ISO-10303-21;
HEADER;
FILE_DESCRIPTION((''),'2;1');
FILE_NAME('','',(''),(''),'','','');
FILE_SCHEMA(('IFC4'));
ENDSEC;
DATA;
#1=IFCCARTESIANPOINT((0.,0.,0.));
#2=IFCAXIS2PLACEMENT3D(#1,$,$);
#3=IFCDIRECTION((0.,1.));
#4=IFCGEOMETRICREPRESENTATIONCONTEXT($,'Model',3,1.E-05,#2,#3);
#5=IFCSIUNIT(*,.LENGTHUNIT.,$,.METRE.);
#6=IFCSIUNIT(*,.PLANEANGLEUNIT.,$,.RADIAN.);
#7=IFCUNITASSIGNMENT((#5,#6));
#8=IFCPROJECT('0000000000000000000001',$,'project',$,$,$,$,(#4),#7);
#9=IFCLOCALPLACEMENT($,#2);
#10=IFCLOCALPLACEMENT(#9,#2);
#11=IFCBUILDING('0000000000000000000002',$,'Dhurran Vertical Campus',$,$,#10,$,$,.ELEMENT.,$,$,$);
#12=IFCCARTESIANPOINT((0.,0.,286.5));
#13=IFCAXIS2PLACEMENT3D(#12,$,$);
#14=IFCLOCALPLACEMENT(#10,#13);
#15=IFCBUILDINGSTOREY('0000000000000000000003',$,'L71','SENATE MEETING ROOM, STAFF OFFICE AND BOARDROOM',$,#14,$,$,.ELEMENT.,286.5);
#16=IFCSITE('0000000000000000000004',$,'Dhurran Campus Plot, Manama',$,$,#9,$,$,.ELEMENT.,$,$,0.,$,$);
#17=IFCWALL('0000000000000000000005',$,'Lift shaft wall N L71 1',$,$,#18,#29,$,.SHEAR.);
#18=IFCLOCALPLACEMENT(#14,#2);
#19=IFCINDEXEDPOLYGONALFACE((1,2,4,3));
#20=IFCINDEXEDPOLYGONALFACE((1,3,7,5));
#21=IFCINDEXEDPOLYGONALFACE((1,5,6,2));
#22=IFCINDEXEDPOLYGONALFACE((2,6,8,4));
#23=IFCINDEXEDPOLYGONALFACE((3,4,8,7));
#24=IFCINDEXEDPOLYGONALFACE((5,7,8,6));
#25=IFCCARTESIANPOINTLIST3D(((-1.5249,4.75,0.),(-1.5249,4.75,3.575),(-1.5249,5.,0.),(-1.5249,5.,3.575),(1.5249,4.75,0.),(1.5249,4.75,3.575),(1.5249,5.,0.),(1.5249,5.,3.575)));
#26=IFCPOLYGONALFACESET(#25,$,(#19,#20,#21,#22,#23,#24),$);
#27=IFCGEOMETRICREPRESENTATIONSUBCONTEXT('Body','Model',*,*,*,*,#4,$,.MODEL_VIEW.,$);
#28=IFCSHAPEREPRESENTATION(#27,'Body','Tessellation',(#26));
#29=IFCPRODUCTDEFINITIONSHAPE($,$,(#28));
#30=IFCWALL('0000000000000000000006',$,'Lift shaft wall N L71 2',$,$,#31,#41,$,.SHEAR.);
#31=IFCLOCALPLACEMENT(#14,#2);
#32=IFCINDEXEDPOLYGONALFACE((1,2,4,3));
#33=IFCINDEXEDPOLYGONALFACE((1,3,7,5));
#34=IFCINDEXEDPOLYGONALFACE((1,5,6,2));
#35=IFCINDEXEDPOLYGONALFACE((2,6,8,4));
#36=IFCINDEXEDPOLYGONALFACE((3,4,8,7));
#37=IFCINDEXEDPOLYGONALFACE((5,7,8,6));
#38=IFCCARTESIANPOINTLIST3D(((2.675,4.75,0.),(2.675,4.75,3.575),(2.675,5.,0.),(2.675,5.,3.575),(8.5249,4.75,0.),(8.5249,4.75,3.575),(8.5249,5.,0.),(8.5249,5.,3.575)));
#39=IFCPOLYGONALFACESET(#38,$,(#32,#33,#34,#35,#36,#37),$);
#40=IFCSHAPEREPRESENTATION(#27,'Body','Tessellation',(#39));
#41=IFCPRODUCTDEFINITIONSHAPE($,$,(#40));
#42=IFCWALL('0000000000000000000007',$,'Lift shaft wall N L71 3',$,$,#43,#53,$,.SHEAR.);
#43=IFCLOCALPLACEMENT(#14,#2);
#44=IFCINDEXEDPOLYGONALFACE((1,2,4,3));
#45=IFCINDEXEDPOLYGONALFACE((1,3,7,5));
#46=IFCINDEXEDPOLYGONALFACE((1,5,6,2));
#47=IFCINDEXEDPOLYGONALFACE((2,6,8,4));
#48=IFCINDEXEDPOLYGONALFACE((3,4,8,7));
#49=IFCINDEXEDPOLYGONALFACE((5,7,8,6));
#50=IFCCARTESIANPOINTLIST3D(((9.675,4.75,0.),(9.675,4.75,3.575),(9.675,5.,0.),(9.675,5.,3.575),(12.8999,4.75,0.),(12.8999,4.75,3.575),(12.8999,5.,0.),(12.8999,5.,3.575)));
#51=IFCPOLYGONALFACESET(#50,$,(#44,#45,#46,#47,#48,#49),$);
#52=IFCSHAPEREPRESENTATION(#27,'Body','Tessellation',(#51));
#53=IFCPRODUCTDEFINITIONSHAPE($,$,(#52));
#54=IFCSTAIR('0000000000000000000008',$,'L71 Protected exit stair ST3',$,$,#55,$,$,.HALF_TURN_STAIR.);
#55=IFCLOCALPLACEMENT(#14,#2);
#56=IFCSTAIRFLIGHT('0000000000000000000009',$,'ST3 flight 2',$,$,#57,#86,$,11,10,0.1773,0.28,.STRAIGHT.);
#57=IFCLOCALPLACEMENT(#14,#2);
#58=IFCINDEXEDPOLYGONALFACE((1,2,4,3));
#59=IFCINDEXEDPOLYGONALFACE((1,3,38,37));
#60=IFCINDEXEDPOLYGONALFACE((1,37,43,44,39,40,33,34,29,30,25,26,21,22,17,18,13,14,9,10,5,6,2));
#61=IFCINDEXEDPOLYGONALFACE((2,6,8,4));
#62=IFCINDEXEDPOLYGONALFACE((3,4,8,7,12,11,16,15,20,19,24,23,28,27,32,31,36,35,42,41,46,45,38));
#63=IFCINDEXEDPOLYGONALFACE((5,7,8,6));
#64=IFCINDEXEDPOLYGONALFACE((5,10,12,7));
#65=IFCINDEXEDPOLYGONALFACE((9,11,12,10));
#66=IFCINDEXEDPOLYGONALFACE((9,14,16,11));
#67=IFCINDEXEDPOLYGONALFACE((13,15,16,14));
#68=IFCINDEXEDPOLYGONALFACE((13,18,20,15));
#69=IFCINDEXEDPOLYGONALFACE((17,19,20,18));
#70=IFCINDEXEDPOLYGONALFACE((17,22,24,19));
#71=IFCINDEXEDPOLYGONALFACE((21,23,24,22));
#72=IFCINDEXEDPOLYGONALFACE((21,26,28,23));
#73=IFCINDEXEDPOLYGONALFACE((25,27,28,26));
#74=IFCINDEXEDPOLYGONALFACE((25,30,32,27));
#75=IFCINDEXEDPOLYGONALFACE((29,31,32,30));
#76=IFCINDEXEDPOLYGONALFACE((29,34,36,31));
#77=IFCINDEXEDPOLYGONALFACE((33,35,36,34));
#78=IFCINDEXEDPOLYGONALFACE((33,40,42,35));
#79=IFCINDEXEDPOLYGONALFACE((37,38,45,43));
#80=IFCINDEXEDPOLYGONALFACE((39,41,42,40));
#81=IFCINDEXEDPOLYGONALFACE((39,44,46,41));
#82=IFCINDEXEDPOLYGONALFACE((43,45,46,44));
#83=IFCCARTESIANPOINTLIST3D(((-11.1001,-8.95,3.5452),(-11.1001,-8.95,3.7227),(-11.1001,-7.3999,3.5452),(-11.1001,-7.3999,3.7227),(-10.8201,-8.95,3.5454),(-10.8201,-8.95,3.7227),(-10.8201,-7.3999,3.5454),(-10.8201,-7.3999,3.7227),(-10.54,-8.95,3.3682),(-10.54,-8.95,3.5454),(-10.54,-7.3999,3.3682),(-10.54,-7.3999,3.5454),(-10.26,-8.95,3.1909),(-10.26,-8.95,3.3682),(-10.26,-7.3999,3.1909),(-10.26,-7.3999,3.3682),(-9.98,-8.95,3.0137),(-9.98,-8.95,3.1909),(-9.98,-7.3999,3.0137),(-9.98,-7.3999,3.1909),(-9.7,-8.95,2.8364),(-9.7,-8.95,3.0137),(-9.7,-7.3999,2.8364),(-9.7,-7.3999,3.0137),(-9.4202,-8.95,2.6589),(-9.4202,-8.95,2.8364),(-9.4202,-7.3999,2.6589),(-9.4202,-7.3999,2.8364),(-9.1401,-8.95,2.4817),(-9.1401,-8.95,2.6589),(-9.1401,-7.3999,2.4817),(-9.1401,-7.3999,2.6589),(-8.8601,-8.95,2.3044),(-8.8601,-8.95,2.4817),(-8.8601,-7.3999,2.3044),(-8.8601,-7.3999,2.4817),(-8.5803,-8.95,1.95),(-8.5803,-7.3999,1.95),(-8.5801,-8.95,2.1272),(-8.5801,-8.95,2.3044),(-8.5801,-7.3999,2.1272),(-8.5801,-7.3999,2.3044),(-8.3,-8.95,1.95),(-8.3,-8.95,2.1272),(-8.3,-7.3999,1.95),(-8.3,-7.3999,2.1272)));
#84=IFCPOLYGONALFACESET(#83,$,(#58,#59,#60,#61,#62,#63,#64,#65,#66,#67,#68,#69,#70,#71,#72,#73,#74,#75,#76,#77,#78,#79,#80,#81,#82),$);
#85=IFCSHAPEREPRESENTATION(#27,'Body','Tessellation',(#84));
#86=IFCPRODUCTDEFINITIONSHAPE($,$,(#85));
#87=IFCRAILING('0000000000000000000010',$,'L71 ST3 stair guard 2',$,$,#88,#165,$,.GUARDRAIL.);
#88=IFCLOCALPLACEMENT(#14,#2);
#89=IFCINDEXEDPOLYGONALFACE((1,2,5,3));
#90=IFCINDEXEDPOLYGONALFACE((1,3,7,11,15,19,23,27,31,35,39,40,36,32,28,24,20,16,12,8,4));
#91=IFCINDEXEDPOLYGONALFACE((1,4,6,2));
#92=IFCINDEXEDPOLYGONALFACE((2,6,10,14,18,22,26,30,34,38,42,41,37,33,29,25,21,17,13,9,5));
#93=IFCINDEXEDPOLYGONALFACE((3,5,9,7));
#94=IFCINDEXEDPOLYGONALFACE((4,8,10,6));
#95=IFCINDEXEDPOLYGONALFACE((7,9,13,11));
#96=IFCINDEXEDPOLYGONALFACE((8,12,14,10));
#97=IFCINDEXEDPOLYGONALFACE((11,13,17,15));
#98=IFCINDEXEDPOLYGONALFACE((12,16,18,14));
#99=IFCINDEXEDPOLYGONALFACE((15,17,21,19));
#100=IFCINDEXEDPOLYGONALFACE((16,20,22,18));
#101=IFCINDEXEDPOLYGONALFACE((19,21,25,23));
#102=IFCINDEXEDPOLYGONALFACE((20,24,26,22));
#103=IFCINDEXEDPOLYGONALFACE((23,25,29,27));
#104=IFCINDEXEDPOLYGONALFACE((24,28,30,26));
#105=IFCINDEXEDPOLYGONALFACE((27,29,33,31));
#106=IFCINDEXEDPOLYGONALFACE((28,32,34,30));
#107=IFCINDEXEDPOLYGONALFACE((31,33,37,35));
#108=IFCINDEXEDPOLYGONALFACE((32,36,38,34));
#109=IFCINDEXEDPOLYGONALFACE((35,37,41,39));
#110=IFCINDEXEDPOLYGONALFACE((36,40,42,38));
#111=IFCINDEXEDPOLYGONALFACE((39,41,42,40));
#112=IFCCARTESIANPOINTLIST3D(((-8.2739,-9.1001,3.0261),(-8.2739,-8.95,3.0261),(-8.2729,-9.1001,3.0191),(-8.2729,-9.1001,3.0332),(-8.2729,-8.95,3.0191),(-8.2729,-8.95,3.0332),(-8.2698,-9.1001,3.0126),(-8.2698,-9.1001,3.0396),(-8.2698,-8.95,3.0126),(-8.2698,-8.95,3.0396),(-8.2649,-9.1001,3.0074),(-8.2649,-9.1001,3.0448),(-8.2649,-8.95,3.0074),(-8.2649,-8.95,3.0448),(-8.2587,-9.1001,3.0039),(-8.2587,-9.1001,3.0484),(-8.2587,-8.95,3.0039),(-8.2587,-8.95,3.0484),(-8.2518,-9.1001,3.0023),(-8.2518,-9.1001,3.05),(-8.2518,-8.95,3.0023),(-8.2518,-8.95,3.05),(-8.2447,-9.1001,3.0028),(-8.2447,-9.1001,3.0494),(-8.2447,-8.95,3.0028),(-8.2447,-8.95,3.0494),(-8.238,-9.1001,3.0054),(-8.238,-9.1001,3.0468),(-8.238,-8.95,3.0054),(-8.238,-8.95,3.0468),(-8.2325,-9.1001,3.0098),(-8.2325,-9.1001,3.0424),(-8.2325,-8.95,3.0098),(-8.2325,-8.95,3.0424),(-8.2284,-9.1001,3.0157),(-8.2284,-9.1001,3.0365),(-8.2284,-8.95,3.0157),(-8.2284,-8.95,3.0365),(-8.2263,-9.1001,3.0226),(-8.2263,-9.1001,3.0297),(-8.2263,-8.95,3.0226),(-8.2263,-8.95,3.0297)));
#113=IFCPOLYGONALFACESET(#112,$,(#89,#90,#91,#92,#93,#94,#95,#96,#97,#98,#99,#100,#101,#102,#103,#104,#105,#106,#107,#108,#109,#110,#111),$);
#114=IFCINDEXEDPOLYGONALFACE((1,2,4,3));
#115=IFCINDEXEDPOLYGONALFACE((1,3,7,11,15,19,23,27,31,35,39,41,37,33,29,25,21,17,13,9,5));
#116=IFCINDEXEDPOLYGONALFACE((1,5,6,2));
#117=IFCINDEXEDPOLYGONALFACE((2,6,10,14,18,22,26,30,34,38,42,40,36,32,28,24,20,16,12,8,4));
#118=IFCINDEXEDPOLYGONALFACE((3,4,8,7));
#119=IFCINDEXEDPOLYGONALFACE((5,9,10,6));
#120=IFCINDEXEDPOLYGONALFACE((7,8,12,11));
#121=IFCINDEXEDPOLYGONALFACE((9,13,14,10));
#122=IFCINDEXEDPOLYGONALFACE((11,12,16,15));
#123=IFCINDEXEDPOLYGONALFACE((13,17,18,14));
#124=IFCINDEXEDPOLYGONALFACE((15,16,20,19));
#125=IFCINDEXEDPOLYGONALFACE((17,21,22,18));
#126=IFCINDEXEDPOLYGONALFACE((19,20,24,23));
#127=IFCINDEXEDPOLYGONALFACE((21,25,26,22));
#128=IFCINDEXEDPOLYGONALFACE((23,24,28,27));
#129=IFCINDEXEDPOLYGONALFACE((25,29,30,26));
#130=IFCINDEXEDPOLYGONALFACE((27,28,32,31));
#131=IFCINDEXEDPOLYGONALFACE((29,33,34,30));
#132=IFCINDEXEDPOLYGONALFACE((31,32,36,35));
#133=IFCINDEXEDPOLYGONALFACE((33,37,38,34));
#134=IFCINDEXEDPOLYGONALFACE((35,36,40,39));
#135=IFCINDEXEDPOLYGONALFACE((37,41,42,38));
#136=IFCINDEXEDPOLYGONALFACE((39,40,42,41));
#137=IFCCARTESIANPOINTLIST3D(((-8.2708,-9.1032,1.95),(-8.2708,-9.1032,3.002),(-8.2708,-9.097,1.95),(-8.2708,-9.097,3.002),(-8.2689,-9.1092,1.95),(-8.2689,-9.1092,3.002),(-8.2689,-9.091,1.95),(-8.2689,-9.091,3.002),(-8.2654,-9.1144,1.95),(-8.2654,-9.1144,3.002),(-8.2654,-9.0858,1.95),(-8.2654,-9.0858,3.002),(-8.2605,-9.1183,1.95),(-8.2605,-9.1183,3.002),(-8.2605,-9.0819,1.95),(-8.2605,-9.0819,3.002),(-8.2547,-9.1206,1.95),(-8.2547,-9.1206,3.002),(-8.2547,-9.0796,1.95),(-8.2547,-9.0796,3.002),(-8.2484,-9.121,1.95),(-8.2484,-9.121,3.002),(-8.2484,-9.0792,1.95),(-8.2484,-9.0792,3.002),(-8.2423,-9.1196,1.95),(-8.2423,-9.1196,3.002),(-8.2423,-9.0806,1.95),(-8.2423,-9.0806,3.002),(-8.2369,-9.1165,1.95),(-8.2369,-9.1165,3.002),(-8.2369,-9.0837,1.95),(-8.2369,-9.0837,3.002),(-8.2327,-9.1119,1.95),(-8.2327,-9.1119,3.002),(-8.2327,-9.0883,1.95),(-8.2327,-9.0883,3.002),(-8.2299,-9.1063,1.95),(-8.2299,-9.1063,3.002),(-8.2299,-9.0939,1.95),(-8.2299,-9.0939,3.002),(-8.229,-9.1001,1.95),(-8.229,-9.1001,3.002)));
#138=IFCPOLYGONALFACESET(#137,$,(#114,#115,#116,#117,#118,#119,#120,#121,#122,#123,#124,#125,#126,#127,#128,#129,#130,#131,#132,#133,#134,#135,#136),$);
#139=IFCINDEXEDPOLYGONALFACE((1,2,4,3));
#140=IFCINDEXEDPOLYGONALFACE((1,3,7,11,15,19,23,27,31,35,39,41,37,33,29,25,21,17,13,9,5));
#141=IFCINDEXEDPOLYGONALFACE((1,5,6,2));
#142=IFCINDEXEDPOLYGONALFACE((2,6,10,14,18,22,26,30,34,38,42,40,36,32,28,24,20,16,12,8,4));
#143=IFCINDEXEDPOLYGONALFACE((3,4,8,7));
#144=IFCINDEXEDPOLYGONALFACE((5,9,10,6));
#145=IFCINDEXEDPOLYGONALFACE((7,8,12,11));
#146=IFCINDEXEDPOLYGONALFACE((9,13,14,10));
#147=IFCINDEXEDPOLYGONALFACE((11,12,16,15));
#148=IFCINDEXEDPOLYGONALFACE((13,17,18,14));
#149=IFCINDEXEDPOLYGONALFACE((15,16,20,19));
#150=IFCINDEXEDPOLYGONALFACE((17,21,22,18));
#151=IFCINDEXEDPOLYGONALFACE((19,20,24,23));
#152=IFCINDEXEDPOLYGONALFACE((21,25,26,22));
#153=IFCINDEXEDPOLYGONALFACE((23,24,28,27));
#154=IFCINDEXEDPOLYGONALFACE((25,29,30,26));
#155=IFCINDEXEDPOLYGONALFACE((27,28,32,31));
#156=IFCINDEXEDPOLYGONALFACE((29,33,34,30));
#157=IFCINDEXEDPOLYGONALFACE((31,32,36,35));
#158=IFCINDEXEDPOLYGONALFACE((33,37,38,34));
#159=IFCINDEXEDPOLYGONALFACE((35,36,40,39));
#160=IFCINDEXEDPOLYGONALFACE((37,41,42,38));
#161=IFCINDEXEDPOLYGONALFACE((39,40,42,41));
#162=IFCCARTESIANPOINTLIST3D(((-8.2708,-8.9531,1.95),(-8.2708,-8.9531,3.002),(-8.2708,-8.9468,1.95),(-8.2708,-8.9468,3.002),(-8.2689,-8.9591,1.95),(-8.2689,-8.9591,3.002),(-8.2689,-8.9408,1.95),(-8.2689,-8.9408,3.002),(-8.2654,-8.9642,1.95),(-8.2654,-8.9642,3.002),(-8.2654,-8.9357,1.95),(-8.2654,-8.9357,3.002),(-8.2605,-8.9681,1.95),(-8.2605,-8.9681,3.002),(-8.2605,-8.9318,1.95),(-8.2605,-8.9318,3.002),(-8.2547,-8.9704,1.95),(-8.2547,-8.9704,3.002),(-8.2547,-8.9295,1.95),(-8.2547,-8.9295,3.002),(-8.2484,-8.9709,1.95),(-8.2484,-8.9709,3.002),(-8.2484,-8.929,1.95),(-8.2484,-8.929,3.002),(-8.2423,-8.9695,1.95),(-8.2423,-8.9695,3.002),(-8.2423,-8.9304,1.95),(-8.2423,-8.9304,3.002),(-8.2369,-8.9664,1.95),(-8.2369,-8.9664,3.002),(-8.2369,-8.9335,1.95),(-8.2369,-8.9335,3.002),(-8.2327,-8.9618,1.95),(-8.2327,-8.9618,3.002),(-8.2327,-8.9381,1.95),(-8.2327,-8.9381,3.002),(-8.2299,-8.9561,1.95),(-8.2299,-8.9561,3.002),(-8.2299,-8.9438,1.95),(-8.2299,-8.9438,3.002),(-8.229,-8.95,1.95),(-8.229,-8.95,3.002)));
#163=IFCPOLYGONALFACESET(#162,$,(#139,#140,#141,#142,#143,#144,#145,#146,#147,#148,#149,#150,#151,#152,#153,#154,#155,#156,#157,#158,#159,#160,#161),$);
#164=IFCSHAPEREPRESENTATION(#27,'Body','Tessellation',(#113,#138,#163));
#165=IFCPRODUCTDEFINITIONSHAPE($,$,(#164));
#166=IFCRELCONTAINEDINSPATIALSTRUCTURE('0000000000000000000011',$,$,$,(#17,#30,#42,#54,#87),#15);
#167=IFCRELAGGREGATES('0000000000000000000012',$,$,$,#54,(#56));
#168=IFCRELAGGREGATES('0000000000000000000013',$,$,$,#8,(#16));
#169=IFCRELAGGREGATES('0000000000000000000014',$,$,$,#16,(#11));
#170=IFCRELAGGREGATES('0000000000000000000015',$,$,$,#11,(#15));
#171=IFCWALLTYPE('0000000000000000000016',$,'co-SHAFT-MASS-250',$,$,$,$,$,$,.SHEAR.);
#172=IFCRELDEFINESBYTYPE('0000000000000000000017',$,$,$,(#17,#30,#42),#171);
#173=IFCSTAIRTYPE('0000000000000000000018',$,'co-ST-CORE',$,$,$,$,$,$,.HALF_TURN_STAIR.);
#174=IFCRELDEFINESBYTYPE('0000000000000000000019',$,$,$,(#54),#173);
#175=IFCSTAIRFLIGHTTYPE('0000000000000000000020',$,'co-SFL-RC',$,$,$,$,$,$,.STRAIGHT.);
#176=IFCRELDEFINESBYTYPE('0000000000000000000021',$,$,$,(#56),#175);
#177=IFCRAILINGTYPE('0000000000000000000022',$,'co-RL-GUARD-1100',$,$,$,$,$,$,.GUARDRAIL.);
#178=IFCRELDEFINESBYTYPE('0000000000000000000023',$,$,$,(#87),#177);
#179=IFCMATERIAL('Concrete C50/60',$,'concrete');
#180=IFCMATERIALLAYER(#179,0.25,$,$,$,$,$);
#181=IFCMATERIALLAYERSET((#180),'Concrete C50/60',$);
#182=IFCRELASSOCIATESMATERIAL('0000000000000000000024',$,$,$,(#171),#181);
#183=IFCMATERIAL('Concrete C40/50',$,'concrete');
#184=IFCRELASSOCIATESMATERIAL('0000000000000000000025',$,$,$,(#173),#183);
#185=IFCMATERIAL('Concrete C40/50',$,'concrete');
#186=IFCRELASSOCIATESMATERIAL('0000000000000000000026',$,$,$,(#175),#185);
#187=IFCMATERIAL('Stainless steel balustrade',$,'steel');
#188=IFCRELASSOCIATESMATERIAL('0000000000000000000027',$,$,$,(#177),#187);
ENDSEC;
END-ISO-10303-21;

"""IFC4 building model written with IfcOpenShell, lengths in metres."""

from ifc_helpers import new_model, si_unit, direction, frame, origin, origin_2d, place, context, subcontext, project, spatial, polyline, circle, outline, extrude, material, layer, layer_set, type_object, element, aggregate, save


model = new_model("IFC4")

# Units and contexts
model_context = context("Model", 3, precision=1e-05, world=origin(), true_north=direction((0.0, 1.0)))
body_context = subcontext(model_context, "Body", "Model", "MODEL_VIEW")
ifc_project = project(units=[si_unit("LENGTHUNIT", "METRE"), si_unit("PLANEANGLEUNIT", "RADIAN")], contexts=[model_context])

# Site, building, storey
site_placement = place(None, origin())
site = spatial("IfcSite", under=ifc_project, at=site_placement, Name="Dhurran Campus Plot, Manama", CompositionType="ELEMENT", RefElevation=0.0)
building_placement = place(site_placement, origin())
building = spatial("IfcBuilding", under=site, at=building_placement, Name="Dhurran Vertical Campus", CompositionType="ELEMENT")
storey_placement = place(building_placement, frame((0.0, 0.0, 286.5)))
storey = spatial("IfcBuildingStorey", under=building, at=storey_placement, Name="L71", Description="SENATE MEETING ROOM, STAFF OFFICE AND BOARDROOM", CompositionType="ELEMENT", Elevation=286.5)

# Walls
ifc_material_1 = material(Name="Concrete C50/60", Category="concrete")
ifc_layer_1 = layer(ifc_material_1, 0.25)
ifc_layer_set_1 = layer_set([ifc_layer_1], Name="Concrete C50/60")
wall_type_1 = type_object("IfcWallType", Name="co-SHAFT-MASS-250", PredefinedType="SHEAR", material=ifc_layer_set_1)
wall_1_placement = place(storey_placement, origin())
element("IfcWall", 1, at=wall_1_placement, inside=storey, type_object=wall_type_1, Name="Lift shaft wall N L71 1", PredefinedType="SHEAR", context=body_context, shape_type="SweptSolid", body=[
    extrude(outline(polyline([(-1.5249, 4.75), (1.5249, 4.75), (1.5249, 5.0), (-1.5249, 5.0), (-1.5249, 4.75)])), origin(), (0.0, 0.0, 1.0), 3.575),
])
wall_2_placement = place(storey_placement, origin())
element("IfcWall", 2, at=wall_2_placement, inside=storey, type_object=wall_type_1, Name="Lift shaft wall N L71 2", PredefinedType="SHEAR", context=body_context, shape_type="SweptSolid", body=[
    extrude(outline(polyline([(2.675, 4.75), (8.5249, 4.75), (8.5249, 5.0), (2.675, 5.0), (2.675, 4.75)])), origin(), (0.0, 0.0, 1.0), 3.575),
])
wall_3_placement = place(storey_placement, origin())
element("IfcWall", 3, at=wall_3_placement, inside=storey, type_object=wall_type_1, Name="Lift shaft wall N L71 3", PredefinedType="SHEAR", context=body_context, shape_type="SweptSolid", body=[
    extrude(outline(polyline([(9.675, 4.75), (12.8999, 4.75), (12.8999, 5.0), (9.675, 5.0), (9.675, 4.75)])), origin(), (0.0, 0.0, 1.0), 3.575),
])

# Stair, stair flight
ifc_material_2 = material(Name="Concrete C40/50", Category="concrete")
stair_type = type_object("IfcStairType", Name="co-ST-CORE", PredefinedType="HALF_TURN_STAIR", material=ifc_material_2)
stair_placement = place(storey_placement, origin())
stair = element("IfcStair", 4, at=stair_placement, inside=storey, type_object=stair_type, Name="L71 Protected exit stair ST3", PredefinedType="HALF_TURN_STAIR")
ifc_material_3 = material(Name="Concrete C40/50", Category="concrete")
stair_flight_type = type_object("IfcStairFlightType", Name="co-SFL-RC", PredefinedType="STRAIGHT", material=ifc_material_3)
stair_flight_placement = place(storey_placement, frame((-8.3, -8.175, 1.95), z_axis=(0.0, 0.0, 1.0), x_axis=(-1.0, 0.0, 0.0)))
stair_flight = element("IfcStairFlight", 5, at=stair_flight_placement, type_object=stair_flight_type, Name="ST3 flight 2", NumberOfRisers=11, NumberOfTreads=10, PredefinedType="STRAIGHT", RiserHeight=0.1773, TreadLength=0.28, context=body_context, shape_type="SweptSolid", body=[
    extrude(outline(polyline([(0.0, 0.0), (0.0, 0.1772), (0.28, 0.1772), (0.28, 0.3545), (0.5601, 0.3545), (0.5601, 0.5317), (0.8401, 0.5317), (0.8401, 0.709), (1.1201, 0.709), (1.1201, 0.8865), (1.3999, 0.8865), (1.3999, 1.0637), (1.6799, 1.0637), (1.6799, 1.241), (1.96, 1.241), (1.96, 1.4182), (2.24, 1.4182), (2.24, 1.5955), (2.52, 1.5955), (2.52, 1.7727), (2.8, 1.7727), (2.8, 1.95), (2.8, 1.5952), (0.2803, 0.0), (0.0, 0.0)])), frame((0.0, 0.7749, 0.0), z_axis=(0.0, -1.0, 0.0), x_axis=(1.0, 0.0, 0.0)), (0.0, 0.0, 1.0), 1.55),
])
aggregate(stair, [stair_flight])

# Railing
ifc_material_4 = material(Name="Stainless steel balustrade", Category="steel")
railing_type_1 = type_object("IfcRailingType", Name="co-RL-GUARD-1100", PredefinedType="GUARDRAIL", material=ifc_material_4)
railing_1_placement = place(storey_placement, frame((-8.25, -9.1001, 1.95)))
element("IfcRailing", 6, at=railing_1_placement, inside=storey, type_object=railing_type_1, Name="L71 ST3 stair guard 2", PredefinedType="GUARDRAIL", context=body_context, shape_type="SweptSolid", body=[
    extrude(circle(Radius=0.0239, at=origin_2d()), frame((0.0, 0.0, 1.0762), z_axis=(0.0, 1.0, 0.0), x_axis=(-1.0, 0.0, 0.0)), (0.0, 0.0, 1.0), 0.1501),
    extrude(circle(Radius=0.021, at=origin_2d()), origin(), (0.0, 0.0, 1.0), 1.052),
    extrude(circle(Radius=0.021, at=origin_2d()), frame((0.0, 0.1501, 0.0)), (0.0, 0.0, 1.0), 1.052),
])

save(model, "model.ifc")
